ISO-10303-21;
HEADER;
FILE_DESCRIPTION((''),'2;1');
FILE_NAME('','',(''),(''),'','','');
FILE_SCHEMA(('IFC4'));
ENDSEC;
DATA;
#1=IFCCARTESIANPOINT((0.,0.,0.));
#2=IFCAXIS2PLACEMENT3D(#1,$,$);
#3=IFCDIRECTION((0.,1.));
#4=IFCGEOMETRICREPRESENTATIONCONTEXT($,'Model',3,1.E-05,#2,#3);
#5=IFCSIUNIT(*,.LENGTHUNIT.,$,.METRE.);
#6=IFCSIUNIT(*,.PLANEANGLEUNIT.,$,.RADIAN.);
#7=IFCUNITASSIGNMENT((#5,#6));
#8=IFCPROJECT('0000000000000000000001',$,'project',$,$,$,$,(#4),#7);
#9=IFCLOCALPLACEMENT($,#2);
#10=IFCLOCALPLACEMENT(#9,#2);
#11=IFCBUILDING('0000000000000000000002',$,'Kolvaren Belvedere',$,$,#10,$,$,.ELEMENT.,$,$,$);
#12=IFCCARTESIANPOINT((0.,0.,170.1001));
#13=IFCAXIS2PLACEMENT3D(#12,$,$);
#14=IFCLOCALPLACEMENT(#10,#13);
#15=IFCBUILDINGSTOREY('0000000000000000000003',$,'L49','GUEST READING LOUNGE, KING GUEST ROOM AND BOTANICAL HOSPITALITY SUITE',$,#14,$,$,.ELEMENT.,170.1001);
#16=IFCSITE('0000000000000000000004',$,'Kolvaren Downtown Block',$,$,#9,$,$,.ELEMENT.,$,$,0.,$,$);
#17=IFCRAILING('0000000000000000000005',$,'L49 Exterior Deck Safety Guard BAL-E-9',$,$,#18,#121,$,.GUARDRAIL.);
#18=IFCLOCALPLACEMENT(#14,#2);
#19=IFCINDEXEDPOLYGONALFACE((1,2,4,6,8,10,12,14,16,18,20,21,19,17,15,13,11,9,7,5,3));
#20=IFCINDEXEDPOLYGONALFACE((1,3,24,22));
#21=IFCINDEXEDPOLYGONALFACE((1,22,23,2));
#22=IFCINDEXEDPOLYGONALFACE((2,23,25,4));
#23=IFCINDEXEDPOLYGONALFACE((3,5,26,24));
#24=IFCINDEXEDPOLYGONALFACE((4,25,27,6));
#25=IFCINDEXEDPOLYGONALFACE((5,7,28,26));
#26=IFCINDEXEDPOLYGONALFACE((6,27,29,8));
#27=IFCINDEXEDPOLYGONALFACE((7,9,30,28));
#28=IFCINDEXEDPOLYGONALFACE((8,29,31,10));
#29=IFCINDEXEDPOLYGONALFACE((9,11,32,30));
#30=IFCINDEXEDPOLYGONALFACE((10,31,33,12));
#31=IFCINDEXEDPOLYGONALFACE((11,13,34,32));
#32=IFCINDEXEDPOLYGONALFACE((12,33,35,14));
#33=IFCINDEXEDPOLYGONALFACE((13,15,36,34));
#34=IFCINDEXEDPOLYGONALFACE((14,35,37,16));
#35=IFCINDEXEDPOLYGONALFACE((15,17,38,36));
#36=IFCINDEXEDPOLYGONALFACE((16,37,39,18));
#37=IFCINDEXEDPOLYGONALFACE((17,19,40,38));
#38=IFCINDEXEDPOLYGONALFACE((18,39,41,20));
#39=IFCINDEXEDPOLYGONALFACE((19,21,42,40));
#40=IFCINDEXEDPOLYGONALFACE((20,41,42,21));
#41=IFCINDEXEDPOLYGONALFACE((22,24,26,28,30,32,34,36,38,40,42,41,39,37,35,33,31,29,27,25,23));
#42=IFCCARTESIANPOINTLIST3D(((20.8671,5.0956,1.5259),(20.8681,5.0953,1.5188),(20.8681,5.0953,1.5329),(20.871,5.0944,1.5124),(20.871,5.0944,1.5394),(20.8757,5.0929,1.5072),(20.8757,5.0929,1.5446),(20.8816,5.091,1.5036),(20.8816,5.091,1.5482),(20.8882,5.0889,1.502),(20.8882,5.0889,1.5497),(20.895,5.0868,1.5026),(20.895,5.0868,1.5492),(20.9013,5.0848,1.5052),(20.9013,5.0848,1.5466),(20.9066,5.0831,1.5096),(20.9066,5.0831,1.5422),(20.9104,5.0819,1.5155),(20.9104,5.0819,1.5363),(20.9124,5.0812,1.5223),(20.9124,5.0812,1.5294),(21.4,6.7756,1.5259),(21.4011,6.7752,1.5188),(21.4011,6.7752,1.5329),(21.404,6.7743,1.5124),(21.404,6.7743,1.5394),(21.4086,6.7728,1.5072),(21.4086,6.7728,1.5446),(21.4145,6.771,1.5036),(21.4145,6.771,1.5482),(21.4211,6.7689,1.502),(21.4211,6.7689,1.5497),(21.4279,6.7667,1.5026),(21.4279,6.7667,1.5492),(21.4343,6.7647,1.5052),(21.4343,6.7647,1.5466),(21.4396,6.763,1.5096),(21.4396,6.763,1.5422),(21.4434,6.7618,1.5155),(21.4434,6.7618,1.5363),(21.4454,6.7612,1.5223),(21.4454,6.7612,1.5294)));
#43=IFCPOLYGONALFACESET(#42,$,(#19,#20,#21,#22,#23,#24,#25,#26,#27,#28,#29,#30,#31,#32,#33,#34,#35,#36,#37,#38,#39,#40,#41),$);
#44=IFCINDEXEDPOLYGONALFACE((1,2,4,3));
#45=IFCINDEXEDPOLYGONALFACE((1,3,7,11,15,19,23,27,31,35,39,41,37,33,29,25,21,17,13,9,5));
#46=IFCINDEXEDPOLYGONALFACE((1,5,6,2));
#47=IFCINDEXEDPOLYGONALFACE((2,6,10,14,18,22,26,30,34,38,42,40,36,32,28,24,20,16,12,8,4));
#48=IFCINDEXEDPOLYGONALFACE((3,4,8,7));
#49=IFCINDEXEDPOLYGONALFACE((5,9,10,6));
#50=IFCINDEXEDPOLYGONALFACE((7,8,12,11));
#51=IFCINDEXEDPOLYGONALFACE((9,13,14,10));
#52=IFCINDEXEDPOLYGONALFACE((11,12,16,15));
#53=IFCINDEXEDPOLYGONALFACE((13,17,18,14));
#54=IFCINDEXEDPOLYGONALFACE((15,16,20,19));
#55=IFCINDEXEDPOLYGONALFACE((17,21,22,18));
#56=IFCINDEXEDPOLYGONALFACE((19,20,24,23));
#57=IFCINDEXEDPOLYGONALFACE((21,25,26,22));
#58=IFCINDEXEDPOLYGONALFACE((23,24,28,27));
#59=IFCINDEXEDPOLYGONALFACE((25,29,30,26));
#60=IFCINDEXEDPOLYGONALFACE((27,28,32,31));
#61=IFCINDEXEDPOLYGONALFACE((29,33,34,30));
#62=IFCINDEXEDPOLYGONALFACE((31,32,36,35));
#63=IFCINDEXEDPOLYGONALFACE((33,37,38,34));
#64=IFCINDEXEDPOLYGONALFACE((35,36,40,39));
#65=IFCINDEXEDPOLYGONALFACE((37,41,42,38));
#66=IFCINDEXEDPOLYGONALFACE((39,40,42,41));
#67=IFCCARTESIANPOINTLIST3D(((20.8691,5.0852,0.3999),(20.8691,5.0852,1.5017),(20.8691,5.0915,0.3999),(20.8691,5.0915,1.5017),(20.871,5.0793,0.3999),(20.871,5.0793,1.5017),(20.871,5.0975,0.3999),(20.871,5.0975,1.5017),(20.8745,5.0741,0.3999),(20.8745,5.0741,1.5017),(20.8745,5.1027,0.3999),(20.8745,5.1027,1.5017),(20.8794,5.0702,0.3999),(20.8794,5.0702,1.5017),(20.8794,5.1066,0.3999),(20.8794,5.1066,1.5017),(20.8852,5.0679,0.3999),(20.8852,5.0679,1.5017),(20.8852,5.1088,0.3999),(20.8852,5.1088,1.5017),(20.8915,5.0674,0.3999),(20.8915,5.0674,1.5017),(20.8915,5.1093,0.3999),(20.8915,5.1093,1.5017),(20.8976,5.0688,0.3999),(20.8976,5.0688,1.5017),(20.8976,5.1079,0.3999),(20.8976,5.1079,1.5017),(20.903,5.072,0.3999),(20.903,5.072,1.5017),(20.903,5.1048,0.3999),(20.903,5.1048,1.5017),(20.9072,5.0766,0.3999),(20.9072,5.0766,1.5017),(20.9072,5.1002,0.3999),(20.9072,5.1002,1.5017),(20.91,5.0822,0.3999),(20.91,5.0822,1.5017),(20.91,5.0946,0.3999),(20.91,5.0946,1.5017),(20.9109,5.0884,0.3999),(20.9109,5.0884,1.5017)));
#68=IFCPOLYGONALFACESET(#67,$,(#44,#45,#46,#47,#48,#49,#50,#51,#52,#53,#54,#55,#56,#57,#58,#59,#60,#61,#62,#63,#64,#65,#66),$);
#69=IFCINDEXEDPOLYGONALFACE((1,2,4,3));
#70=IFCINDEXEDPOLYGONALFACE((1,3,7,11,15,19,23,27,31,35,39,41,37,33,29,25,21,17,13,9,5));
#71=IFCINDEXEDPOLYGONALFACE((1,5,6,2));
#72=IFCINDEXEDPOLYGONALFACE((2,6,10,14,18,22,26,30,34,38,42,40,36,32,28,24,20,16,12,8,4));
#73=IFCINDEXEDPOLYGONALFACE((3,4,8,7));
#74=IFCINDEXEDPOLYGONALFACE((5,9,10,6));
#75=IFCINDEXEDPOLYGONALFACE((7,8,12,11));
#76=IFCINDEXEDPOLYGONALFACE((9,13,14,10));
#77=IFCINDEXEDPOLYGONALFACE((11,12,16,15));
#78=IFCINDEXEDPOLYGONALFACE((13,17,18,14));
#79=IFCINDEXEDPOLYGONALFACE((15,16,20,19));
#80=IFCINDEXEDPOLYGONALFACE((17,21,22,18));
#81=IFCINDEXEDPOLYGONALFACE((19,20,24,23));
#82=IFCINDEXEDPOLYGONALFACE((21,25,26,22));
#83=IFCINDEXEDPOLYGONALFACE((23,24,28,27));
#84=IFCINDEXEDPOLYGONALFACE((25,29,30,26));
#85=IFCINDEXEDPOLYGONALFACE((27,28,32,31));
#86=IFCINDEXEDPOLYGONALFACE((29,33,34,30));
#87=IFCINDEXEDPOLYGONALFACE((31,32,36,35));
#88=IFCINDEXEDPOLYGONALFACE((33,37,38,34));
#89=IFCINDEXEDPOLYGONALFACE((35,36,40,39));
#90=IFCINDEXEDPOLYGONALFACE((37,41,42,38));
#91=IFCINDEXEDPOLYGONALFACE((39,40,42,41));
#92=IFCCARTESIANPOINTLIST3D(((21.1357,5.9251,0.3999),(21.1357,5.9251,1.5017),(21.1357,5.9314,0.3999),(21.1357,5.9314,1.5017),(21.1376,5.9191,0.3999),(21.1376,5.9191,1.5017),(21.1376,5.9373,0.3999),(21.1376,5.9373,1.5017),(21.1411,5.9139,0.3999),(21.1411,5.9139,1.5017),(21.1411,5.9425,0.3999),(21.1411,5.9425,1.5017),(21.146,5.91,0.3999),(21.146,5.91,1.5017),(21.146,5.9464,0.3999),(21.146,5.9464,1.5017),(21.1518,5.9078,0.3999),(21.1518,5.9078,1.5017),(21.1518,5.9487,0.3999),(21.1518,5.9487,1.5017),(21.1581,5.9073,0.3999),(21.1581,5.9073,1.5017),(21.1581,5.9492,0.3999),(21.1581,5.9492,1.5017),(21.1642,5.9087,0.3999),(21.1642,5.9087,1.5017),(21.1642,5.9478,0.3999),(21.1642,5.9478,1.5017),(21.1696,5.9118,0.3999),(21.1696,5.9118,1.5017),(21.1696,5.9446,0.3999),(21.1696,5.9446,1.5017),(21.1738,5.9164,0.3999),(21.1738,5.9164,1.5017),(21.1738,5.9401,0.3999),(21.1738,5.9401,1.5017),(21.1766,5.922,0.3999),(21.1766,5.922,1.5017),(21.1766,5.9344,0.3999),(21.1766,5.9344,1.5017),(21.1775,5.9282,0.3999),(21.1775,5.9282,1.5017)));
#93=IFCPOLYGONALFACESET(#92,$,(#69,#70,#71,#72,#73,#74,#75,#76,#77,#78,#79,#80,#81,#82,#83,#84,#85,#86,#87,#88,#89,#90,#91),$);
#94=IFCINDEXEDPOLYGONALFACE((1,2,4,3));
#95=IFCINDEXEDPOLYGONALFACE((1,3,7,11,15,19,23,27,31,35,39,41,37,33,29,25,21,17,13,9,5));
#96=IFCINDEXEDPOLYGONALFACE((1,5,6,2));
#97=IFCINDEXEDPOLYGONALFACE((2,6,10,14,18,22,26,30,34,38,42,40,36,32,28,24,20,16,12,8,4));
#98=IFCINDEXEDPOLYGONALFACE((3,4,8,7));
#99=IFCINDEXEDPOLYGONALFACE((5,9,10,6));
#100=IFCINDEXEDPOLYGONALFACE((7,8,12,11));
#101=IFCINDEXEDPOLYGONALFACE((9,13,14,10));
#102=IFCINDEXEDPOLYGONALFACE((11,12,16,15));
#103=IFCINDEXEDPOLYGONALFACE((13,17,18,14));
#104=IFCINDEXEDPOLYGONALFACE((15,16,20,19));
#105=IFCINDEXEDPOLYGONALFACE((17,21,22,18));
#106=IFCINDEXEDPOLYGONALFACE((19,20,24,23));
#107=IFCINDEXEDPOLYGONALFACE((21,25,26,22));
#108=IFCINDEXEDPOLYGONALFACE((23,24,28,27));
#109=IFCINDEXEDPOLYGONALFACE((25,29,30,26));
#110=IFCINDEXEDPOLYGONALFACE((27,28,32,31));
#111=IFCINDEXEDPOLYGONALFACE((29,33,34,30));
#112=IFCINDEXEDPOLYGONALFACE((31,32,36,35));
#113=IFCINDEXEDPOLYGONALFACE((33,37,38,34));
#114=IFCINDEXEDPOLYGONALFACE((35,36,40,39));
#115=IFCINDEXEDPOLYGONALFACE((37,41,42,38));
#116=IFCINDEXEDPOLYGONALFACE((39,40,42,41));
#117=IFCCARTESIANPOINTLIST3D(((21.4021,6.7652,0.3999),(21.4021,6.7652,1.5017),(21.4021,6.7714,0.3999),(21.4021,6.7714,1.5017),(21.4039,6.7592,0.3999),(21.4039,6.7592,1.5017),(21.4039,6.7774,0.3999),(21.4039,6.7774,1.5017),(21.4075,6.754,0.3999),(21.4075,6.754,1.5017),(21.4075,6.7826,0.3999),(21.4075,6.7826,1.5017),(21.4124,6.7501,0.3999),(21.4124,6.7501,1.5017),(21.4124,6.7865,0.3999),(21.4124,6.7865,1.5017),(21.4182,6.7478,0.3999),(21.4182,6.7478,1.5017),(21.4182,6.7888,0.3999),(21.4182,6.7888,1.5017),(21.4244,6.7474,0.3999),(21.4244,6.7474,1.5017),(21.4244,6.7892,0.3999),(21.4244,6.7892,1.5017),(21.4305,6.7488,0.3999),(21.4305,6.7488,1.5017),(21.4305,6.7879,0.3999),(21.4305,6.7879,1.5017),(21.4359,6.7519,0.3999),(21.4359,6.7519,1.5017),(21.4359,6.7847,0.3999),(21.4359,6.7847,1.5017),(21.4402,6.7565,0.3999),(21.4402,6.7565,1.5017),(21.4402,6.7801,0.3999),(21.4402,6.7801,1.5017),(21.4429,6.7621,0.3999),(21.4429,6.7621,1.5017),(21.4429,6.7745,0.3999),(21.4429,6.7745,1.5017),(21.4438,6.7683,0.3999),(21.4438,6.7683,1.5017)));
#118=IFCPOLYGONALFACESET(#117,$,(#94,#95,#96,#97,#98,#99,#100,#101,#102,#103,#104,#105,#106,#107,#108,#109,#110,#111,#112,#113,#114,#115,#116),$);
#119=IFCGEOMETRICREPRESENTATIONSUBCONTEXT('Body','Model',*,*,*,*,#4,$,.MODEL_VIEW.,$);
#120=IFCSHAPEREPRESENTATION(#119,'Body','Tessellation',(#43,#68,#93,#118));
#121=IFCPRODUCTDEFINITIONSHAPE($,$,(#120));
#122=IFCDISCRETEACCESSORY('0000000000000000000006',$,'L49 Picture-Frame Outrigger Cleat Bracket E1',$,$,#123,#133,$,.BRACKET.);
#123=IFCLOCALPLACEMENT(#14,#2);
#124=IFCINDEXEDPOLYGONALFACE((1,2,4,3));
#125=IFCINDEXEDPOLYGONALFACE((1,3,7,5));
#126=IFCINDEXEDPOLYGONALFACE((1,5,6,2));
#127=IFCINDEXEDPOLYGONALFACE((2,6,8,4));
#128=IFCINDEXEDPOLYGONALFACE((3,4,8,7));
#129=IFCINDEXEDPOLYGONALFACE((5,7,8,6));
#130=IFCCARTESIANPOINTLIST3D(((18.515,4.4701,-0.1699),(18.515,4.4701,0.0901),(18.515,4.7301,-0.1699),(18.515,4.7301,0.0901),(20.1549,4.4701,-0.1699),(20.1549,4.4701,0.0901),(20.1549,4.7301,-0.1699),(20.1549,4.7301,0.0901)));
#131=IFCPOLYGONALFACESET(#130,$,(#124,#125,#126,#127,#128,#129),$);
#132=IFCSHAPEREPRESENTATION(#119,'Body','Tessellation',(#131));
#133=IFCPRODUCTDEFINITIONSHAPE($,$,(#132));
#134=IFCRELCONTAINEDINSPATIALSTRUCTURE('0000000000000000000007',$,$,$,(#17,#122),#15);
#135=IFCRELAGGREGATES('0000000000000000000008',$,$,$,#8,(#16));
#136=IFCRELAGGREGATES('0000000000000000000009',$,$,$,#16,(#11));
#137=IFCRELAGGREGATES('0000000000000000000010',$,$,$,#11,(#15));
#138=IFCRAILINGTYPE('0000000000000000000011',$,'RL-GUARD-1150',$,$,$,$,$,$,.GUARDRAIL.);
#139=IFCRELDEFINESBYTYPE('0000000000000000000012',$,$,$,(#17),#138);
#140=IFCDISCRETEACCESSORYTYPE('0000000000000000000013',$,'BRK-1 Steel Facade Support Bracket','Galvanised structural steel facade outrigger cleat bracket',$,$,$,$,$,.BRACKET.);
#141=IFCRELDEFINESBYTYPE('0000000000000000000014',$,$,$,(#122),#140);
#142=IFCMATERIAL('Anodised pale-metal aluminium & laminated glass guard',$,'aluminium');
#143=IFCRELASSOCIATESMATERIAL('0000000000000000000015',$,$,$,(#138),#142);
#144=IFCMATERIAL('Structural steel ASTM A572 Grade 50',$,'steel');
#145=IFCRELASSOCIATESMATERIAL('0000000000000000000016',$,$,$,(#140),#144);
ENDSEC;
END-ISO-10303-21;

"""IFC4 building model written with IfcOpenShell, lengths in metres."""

from ifc_helpers import new_model, si_unit, direction, frame, origin, origin_2d, place, context, subcontext, project, spatial, rectangle, circle, extrude, material, type_object, element, save


model = new_model("IFC4")

# Units and contexts
model_context = context("Model", 3, precision=1e-05, world=origin(), true_north=direction((0.0, 1.0)))
body_context = subcontext(model_context, "Body", "Model", "MODEL_VIEW")
ifc_project = project(units=[si_unit("LENGTHUNIT", "METRE"), si_unit("PLANEANGLEUNIT", "RADIAN")], contexts=[model_context])

# Site, building, storey
site_placement = place(None, origin())
site = spatial("IfcSite", under=ifc_project, at=site_placement, Name="Kolvaren Downtown Block", CompositionType="ELEMENT", RefElevation=0.0)
building_placement = place(site_placement, origin())
building = spatial("IfcBuilding", under=site, at=building_placement, Name="Kolvaren Belvedere", CompositionType="ELEMENT")
storey_placement = place(building_placement, frame((0.0, 0.0, 170.1001)))
storey = spatial("IfcBuildingStorey", under=building, at=storey_placement, Name="L49", Description="GUEST READING LOUNGE, KING GUEST ROOM AND BOTANICAL HOSPITALITY SUITE", CompositionType="ELEMENT", Elevation=170.1001)

# Railing
ifc_material_1 = material(Name="Anodised pale-metal aluminium & laminated glass guard", Category="aluminium")
railing_type = type_object("IfcRailingType", Name="RL-GUARD-1150", PredefinedType="GUARDRAIL", material=ifc_material_1)
railing_1_placement = place(storey_placement, frame((20.8899, 5.0884, 0.3999)))
element("IfcRailing", 1, at=railing_1_placement, inside=storey, type_object=railing_type, Name="L49 Exterior Deck Safety Guard BAL-E-9", PredefinedType="GUARDRAIL", context=body_context, shape_type="SweptSolid", body=[
    extrude(circle(Radius=0.0239, at=origin_2d()), frame((0.0, 0.0, 1.126), z_axis=(0.302397, 0.953182, 0.0), x_axis=(-0.953182, 0.302397, 0.0)), (0.0, 0.0, 1.0), 1.7625),
    extrude(circle(Radius=0.021, at=origin_2d()), origin(), (0.0, 0.0, 1.0), 1.1018),
    extrude(circle(Radius=0.021, at=origin_2d()), frame((0.2666, 0.8398, 0.0)), (0.0, 0.0, 1.0), 1.1018),
    extrude(circle(Radius=0.021, at=origin_2d()), frame((0.533, 1.6799, 0.0)), (0.0, 0.0, 1.0), 1.1018),
])

# Discrete accessory
ifc_material_2 = material(Name="Structural steel ASTM A572 Grade 50", Category="steel")
discrete_accessory_type = type_object("IfcDiscreteAccessoryType", Name="BRK-1 Steel Facade Support Bracket", Description="Galvanised structural steel facade outrigger cleat bracket", PredefinedType="BRACKET", material=ifc_material_2)
discrete_accessory_placement = place(storey_placement, frame((19.335, 4.6001, -0.1699), z_axis=(0.0, 0.0, 1.0), x_axis=(1.0, 0.0, 0.0)))
element("IfcDiscreteAccessory", 2, at=discrete_accessory_placement, inside=storey, type_object=discrete_accessory_type, Name="L49 Picture-Frame Outrigger Cleat Bracket E1", PredefinedType="BRACKET", context=body_context, shape_type="SweptSolid", body=[
    extrude(rectangle(XDim=1.6399, YDim=0.26, at=origin_2d()), origin(), (0.0, 0.0, 1.0), 0.26),
])

save(model, "model.ifc")
